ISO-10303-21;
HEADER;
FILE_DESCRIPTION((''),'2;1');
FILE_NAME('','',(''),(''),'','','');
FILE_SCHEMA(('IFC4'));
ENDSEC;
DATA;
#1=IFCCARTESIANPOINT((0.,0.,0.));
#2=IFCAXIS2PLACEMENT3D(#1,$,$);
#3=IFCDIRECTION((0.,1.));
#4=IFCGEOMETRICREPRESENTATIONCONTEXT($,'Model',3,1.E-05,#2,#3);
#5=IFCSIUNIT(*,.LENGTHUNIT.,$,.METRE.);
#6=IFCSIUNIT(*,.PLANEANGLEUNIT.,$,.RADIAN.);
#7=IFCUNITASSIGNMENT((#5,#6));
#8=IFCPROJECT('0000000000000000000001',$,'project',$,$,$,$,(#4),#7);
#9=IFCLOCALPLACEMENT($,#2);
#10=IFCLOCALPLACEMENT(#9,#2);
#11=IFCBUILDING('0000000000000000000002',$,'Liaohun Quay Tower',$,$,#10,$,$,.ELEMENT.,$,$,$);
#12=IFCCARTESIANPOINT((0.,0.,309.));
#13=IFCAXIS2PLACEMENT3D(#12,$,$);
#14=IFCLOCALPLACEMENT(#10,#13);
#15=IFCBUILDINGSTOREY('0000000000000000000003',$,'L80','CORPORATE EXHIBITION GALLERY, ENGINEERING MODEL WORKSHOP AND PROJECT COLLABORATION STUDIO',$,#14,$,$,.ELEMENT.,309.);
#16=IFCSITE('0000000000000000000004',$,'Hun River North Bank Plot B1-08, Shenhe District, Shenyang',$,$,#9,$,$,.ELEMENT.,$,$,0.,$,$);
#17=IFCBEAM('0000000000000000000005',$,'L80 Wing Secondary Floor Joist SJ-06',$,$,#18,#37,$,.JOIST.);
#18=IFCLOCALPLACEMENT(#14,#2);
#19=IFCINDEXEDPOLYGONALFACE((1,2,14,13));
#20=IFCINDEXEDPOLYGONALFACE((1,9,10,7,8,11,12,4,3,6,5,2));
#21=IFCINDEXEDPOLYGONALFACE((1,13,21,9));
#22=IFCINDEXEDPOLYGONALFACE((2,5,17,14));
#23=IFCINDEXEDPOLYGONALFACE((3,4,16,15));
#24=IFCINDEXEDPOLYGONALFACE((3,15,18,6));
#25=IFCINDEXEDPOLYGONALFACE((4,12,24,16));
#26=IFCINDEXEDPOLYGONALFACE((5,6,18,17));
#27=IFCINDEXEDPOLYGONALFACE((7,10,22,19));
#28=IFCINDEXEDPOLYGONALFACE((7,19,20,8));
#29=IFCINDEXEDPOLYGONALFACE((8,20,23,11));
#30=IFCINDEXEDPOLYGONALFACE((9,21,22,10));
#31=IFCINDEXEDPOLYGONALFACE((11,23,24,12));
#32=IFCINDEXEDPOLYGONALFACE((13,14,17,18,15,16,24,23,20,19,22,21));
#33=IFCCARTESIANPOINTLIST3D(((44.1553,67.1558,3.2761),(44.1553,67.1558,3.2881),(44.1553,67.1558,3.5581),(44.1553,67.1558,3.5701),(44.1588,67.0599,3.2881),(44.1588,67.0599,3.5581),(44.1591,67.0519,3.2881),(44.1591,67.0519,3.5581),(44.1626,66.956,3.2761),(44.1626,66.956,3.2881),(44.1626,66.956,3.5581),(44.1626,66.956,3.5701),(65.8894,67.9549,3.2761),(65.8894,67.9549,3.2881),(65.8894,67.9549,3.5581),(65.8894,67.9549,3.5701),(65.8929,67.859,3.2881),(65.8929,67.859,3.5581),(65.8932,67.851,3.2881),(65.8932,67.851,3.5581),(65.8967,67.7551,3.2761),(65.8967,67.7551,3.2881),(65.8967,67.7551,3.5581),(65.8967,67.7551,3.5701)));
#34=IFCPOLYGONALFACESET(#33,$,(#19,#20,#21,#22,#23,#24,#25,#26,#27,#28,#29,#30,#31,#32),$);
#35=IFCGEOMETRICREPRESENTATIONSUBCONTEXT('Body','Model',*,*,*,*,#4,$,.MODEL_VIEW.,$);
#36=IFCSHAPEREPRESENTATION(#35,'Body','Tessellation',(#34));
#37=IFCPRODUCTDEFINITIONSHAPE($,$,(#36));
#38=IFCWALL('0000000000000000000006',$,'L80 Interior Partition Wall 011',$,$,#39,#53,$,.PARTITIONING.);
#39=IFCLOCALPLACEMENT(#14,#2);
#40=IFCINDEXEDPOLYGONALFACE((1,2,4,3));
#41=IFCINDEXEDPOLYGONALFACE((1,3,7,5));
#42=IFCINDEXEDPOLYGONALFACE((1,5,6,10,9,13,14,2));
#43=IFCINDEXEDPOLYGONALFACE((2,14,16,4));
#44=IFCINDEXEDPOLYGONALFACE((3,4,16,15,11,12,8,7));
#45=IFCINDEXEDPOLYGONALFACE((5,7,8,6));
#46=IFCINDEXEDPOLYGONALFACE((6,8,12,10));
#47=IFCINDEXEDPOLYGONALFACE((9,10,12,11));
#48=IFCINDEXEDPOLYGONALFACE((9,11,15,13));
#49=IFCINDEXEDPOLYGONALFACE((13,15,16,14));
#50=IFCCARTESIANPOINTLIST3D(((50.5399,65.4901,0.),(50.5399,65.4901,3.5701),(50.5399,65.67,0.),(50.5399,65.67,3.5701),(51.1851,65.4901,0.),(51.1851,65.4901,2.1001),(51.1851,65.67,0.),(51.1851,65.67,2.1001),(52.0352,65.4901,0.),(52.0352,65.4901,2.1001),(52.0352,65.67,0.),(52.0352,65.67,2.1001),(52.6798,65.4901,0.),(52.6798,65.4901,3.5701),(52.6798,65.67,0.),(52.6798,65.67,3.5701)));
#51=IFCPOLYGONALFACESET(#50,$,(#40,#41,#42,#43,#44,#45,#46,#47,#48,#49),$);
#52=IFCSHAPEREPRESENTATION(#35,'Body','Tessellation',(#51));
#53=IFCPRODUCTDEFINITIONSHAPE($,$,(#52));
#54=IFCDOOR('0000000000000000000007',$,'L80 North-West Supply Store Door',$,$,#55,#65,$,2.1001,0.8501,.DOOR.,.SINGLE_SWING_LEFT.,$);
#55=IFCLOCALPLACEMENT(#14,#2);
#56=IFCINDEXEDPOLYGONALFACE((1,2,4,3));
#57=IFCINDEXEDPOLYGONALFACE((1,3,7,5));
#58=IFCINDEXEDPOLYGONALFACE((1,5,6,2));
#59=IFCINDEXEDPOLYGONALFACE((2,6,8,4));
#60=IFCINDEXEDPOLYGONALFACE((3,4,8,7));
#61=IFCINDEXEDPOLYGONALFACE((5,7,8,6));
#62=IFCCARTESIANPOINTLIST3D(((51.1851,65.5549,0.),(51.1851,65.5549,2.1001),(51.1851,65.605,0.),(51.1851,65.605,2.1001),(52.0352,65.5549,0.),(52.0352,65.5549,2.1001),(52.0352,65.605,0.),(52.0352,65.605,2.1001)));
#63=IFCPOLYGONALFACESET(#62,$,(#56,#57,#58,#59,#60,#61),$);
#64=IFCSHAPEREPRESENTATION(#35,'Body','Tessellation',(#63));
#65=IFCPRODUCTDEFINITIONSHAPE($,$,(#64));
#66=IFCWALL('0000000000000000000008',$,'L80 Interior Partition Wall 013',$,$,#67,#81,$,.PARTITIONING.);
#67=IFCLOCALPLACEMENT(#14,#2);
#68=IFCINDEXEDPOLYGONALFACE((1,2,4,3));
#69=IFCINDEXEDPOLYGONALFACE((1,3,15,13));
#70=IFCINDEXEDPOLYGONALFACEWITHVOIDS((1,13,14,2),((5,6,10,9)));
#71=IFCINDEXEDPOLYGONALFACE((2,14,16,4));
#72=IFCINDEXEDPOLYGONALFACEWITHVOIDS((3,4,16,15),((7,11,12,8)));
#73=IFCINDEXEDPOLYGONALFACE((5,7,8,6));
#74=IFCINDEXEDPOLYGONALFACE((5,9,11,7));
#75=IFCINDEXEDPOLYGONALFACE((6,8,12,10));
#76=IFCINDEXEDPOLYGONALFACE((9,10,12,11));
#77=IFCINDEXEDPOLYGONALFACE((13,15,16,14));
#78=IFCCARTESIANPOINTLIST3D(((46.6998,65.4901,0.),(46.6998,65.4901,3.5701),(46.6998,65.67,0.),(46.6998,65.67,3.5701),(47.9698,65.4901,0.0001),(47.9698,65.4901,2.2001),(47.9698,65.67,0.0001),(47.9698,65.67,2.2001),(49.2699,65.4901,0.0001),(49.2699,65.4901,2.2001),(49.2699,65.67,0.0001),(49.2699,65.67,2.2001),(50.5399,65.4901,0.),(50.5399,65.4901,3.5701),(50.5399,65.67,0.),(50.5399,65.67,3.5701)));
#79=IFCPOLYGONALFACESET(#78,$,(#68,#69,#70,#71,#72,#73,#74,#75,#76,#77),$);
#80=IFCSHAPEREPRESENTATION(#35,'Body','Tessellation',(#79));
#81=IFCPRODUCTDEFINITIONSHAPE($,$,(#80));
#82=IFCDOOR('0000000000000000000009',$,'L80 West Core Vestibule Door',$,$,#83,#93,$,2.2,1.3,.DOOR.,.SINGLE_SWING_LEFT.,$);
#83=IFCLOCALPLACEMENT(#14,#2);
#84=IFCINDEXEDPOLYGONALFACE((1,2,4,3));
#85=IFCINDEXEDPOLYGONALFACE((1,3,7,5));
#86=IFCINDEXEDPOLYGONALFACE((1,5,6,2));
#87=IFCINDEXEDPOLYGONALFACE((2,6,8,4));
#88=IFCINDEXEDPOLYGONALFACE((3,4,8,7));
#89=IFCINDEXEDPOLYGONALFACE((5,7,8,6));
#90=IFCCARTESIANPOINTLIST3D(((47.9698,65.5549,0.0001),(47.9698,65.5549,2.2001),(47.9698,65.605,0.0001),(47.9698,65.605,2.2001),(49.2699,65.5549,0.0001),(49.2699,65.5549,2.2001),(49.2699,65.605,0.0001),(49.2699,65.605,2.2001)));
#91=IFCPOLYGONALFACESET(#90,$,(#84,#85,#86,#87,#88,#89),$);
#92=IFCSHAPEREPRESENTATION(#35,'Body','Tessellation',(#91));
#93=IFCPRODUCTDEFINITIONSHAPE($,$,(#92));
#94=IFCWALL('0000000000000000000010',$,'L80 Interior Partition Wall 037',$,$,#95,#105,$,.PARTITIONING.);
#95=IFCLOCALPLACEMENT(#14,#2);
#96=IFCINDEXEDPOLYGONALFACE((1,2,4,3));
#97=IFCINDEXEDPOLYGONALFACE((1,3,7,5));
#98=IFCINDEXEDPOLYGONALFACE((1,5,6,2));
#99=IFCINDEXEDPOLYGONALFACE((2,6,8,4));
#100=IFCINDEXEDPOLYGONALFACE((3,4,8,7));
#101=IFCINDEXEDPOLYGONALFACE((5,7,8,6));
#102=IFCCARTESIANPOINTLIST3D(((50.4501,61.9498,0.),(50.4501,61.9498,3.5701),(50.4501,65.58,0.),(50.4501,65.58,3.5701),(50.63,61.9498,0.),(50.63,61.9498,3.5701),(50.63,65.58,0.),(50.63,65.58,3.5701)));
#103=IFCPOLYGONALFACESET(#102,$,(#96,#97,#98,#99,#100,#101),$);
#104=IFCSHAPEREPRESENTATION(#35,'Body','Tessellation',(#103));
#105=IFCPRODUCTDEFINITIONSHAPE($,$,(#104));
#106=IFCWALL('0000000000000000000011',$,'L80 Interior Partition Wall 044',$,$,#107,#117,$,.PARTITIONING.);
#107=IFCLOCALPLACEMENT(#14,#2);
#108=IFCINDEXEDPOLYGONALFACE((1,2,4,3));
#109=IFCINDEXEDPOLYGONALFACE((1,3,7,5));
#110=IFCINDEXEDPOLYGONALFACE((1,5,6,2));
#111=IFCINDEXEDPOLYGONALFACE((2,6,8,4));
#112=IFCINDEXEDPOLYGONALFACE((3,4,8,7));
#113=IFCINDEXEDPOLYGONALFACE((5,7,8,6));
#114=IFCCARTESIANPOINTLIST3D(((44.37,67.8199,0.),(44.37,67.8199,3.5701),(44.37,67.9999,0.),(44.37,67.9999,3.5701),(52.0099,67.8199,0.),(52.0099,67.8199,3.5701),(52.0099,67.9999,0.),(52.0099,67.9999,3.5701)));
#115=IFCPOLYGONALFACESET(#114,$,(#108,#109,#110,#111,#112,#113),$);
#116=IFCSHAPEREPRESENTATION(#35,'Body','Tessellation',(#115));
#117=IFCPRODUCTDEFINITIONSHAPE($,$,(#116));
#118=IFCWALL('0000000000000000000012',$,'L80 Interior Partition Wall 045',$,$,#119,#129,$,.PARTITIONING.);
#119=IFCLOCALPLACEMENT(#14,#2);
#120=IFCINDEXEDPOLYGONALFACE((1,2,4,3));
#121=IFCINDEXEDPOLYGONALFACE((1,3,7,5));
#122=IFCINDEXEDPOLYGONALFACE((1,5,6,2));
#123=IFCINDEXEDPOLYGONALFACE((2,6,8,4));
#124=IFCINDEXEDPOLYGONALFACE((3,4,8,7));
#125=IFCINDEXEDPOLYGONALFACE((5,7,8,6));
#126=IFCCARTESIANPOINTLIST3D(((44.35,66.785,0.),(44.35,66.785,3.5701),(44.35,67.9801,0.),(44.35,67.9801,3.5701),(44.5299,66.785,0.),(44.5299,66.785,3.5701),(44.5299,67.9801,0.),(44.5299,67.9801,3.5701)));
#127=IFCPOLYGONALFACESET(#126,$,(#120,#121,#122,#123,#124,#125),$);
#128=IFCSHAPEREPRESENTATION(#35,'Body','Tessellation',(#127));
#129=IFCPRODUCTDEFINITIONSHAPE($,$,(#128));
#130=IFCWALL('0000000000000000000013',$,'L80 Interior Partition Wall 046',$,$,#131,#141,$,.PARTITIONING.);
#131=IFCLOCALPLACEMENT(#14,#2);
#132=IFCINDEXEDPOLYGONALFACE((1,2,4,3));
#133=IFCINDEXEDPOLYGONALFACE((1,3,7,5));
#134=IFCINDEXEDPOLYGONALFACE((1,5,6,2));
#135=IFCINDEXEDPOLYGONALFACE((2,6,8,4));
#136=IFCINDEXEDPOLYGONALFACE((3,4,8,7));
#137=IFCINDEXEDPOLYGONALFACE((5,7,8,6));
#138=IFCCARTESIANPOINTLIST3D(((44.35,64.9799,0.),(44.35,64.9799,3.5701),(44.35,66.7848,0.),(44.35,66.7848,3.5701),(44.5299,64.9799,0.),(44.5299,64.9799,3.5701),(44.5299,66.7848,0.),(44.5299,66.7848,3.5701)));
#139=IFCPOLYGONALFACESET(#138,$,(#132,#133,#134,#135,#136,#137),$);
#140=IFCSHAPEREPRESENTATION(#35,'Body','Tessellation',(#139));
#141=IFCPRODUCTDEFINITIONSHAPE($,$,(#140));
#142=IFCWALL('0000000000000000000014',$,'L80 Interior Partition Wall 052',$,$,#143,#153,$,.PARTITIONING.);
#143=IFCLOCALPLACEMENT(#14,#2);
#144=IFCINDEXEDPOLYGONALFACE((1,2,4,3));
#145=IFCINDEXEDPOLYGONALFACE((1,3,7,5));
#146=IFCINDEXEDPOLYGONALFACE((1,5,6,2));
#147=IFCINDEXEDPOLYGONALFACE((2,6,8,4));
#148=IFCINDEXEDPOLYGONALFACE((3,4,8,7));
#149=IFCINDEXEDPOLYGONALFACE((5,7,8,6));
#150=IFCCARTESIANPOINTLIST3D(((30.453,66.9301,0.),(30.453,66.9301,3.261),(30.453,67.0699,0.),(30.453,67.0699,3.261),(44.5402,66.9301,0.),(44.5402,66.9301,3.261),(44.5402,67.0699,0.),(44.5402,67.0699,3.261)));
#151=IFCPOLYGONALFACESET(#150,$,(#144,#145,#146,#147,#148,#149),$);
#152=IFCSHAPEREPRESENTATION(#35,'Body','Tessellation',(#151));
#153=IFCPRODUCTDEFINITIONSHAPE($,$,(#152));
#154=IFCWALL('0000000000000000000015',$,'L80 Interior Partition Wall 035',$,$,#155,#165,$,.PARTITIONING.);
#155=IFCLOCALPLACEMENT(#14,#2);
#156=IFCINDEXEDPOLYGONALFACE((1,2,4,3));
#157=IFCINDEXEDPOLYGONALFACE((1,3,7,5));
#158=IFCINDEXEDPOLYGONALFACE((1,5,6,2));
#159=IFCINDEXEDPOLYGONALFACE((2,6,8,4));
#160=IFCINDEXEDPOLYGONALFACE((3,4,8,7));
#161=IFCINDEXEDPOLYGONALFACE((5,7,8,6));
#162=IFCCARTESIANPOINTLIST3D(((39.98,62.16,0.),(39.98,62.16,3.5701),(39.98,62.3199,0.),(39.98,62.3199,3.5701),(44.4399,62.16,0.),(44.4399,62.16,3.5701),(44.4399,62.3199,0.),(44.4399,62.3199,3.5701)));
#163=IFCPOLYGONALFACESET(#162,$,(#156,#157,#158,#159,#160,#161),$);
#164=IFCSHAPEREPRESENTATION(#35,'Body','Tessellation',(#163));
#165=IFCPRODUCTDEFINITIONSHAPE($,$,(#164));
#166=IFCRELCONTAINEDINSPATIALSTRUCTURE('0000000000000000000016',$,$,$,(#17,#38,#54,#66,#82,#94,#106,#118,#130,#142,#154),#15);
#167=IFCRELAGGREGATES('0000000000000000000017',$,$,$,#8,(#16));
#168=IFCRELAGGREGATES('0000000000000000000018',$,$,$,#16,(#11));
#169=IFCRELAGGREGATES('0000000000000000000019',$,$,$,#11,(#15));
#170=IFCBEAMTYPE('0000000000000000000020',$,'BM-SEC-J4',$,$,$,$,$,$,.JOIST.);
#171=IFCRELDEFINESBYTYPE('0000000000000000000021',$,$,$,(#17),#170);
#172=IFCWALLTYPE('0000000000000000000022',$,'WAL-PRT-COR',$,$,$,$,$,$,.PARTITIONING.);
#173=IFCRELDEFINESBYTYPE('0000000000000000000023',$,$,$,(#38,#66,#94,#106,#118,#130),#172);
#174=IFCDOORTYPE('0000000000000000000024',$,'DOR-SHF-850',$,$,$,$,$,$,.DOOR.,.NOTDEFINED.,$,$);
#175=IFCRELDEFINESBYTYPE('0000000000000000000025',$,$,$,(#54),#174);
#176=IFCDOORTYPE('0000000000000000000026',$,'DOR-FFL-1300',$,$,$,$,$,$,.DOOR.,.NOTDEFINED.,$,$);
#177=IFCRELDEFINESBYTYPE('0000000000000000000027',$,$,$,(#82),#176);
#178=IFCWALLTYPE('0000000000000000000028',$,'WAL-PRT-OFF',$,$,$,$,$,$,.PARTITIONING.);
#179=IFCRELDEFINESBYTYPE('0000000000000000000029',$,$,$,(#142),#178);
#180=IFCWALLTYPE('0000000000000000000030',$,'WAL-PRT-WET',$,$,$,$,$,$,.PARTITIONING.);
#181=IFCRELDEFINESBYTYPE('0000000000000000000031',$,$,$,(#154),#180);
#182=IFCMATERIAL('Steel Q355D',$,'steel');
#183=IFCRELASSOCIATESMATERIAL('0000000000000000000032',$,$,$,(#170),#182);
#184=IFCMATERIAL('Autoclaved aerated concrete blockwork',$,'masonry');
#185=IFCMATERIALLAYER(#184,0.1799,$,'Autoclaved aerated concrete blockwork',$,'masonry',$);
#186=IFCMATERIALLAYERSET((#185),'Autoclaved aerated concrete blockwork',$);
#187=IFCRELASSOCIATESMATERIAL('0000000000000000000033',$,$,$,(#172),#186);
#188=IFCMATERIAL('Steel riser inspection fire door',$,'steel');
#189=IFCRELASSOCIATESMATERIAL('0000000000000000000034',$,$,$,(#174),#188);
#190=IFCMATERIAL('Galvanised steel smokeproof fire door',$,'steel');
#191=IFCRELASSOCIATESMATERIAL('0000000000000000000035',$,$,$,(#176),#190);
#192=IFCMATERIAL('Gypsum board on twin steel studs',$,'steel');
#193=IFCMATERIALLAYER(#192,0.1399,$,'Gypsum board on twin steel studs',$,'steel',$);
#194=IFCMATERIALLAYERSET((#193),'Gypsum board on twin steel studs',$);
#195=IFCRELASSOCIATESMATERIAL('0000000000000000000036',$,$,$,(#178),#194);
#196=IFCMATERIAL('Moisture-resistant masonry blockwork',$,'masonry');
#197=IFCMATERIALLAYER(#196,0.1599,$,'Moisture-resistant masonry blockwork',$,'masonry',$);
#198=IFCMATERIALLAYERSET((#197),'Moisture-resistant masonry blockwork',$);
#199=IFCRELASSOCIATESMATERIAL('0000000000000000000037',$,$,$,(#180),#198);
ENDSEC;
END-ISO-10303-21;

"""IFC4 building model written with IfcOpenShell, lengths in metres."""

from ifc_helpers import new_model, si_unit, direction, frame, frame_2d, origin, origin_2d, place, context, subcontext, project, spatial, rectangle, i_section, extrude, source, transform, mapped, material, layer, layer_set, material_profile, profile_set, type_object, element, fill, save


model = new_model("IFC4")

# Units and contexts
model_context = context("Model", 3, precision=1e-05, world=origin(), true_north=direction((0.0, 1.0)))
body_context = subcontext(model_context, "Body", "Model", "MODEL_VIEW")
ifc_project = project(units=[si_unit("LENGTHUNIT", "METRE"), si_unit("PLANEANGLEUNIT", "RADIAN")], contexts=[model_context])

# Site, building, storey
site_placement = place(None, origin())
site = spatial("IfcSite", under=ifc_project, at=site_placement, Name="Hun River North Bank Plot B1-08, Shenhe District, Shenyang", CompositionType="ELEMENT", RefElevation=0.0)
building_placement = place(site_placement, origin())
building = spatial("IfcBuilding", under=site, at=building_placement, Name="Liaohun Quay Tower", CompositionType="ELEMENT")
storey_placement = place(building_placement, frame((0.0, 0.0, 309.0)))
storey = spatial("IfcBuildingStorey", under=building, at=storey_placement, Name="L80", Description="CORPORATE EXHIBITION GALLERY, ENGINEERING MODEL WORKSHOP AND PROJECT COLLABORATION STUDIO", CompositionType="ELEMENT", Elevation=309.0)

# Beam
ifc_material_1 = material(Name="Steel Q355D", Category="steel")
ifc_material_profile = material_profile(ifc_material_1, i_section(OverallWidth=0.2, OverallDepth=0.2939, WebThickness=0.0081, FlangeThickness=0.012, at=origin_2d()), Name="HM294x200x8x12")
ifc_profile_set = profile_set([ifc_material_profile], Name="Steel Q355D")
beam_type = type_object("IfcBeamType", Name="BM-SEC-J4", PredefinedType="JOIST", material=ifc_profile_set)
shared_shape_1 = source(origin(), body_context, "Body", "SweptSolid", [
    extrude(i_section(OverallWidth=0.2, OverallDepth=0.2939, WebThickness=0.0081, FlangeThickness=0.012, at=origin_2d()), origin(), (0.0, 0.0, 1.0), 21.7488),
])
beam_placement = place(storey_placement, frame((44.1589, 67.0559, 3.4231), z_axis=(0.999325, 0.036741, 0.0), x_axis=(-0.036741, 0.999325, 0.0)))
element("IfcBeam", 1, at=beam_placement, inside=storey, type_object=beam_type, Name="L80 Wing Secondary Floor Joist SJ-06", PredefinedType="JOIST", context=body_context, shape_type="MappedRepresentation", body=[
    mapped(shared_shape_1, transform((0.0, 0.0, 0.0), x_axis=(1.0, 0.0, 0.0), y_axis=(0.0, 1.0, 0.0), z_axis=(0.0, 0.0, 1.0), scale=1.0)),
])

# Walls, openings, doors
ifc_material_2 = material(Name="Autoclaved aerated concrete blockwork", Category="masonry")
ifc_layer_1 = layer(ifc_material_2, 0.1799, Name="Autoclaved aerated concrete blockwork", Category="masonry")
ifc_layer_set_1 = layer_set([ifc_layer_1], Name="Autoclaved aerated concrete blockwork")
wall_type_1 = type_object("IfcWallType", Name="WAL-PRT-COR", PredefinedType="PARTITIONING", material=ifc_layer_set_1)
wall_1_placement = place(storey_placement, frame((50.54, 65.5801, 0.0), z_axis=(0.0, 0.0, 1.0), x_axis=(1.0, 0.0, 0.0)))
wall_1 = element("IfcWall", 2, at=wall_1_placement, inside=storey, type_object=wall_type_1, Name="L80 Interior Partition Wall 011", PredefinedType="PARTITIONING", context=body_context, shape_type="SweptSolid", body=[
    extrude(rectangle(XDim=2.1399, YDim=0.1799, at=frame_2d((1.0698, 0.0))), origin(), (0.0, 0.0, 1.0), 3.5701),
])
shared_shape_2 = source(origin(), body_context, "Body", "SweptSolid", [
    extrude(rectangle(XDim=0.8501, YDim=2.1001, at=frame_2d((0.425, 1.05))), frame((0.0, 0.0999, 0.0), z_axis=(0.0, -1.0, 0.0), x_axis=(1.0, 0.0, 0.0)), (0.0, 0.0, 1.0), 0.2),
])
opening_1_placement = place(wall_1_placement, frame((0.645, 0.0, 0.0)))
opening_1 = element("IfcOpeningElement", 3, at=opening_1_placement, cuts=wall_1, PredefinedType="OPENING", context=body_context, shape_type="MappedRepresentation", body=[
    mapped(shared_shape_2, transform((0.0, 0.0, 0.0), x_axis=(1.0, 0.0, 0.0), y_axis=(0.0, 1.0, 0.0), z_axis=(0.0, 0.0, 1.0), scale=1.0)),
])
ifc_material_3 = material(Name="Steel riser inspection fire door", Category="steel")
door_type_1 = type_object("IfcDoorType", Name="DOR-SHF-850", OperationType="NOTDEFINED", PredefinedType="DOOR", material=ifc_material_3)
shared_shape_3 = source(origin(), body_context, "Body", "SweptSolid", [
    extrude(rectangle(XDim=0.8501, YDim=2.1001, at=frame_2d((0.425, 1.05))), frame((0.0, 0.0249, 0.0), z_axis=(0.0, -1.0, 0.0), x_axis=(1.0, 0.0, 0.0)), (0.0, 0.0, 1.0), 0.05),
])
door_1_placement = place(opening_1_placement, origin())
door_1 = element("IfcDoor", 4, at=door_1_placement, inside=storey, type_object=door_type_1, Name="L80 North-West Supply Store Door", OperationType="SINGLE_SWING_LEFT", OverallHeight=2.1001, OverallWidth=0.8501, PredefinedType="DOOR", context=body_context, shape_type="MappedRepresentation", body=[
    mapped(shared_shape_3, transform((0.0, 0.0, 0.0), x_axis=(1.0, 0.0, 0.0), y_axis=(0.0, 1.0, 0.0), z_axis=(0.0, 0.0, 1.0), scale=1.0)),
])
fill(opening_1, door_1)
wall_2_placement = place(storey_placement, frame((46.7, 65.5801, 0.0), z_axis=(0.0, 0.0, 1.0), x_axis=(1.0, 0.0, 0.0)))
wall_2 = element("IfcWall", 5, at=wall_2_placement, inside=storey, type_object=wall_type_1, Name="L80 Interior Partition Wall 013", PredefinedType="PARTITIONING", context=body_context, shape_type="SweptSolid", body=[
    extrude(rectangle(XDim=3.8401, YDim=0.1799, at=frame_2d((1.9199, 0.0))), origin(), (0.0, 0.0, 1.0), 3.5701),
])
shared_shape_4 = source(origin(), body_context, "Body", "SweptSolid", [
    extrude(rectangle(XDim=1.3, YDim=2.2, at=frame_2d((0.6499, 1.1001))), frame((0.0, 0.0999, 0.0), z_axis=(0.0, -1.0, 0.0), x_axis=(1.0, 0.0, 0.0)), (0.0, 0.0, 1.0), 0.2),
])
opening_2_placement = place(wall_2_placement, frame((1.27, 0.0, 0.0)))
opening_2 = element("IfcOpeningElement", 6, at=opening_2_placement, cuts=wall_2, PredefinedType="OPENING", context=body_context, shape_type="MappedRepresentation", body=[
    mapped(shared_shape_4, transform((0.0, 0.0, 0.0), x_axis=(1.0, 0.0, 0.0), y_axis=(0.0, 1.0, 0.0), z_axis=(0.0, 0.0, 1.0), scale=1.0)),
])
ifc_material_4 = material(Name="Galvanised steel smokeproof fire door", Category="steel")
door_type_2 = type_object("IfcDoorType", Name="DOR-FFL-1300", OperationType="NOTDEFINED", PredefinedType="DOOR", material=ifc_material_4)
shared_shape_5 = source(origin(), body_context, "Body", "SweptSolid", [
    extrude(rectangle(XDim=1.3, YDim=2.2, at=frame_2d((0.6499, 1.1001))), frame((0.0, 0.0249, 0.0), z_axis=(0.0, -1.0, 0.0), x_axis=(1.0, 0.0, 0.0)), (0.0, 0.0, 1.0), 0.05),
])
door_2_placement = place(opening_2_placement, origin())
door_2 = element("IfcDoor", 7, at=door_2_placement, inside=storey, type_object=door_type_2, Name="L80 West Core Vestibule Door", OperationType="SINGLE_SWING_LEFT", OverallHeight=2.2, OverallWidth=1.3, PredefinedType="DOOR", context=body_context, shape_type="MappedRepresentation", body=[
    mapped(shared_shape_5, transform((0.0, 0.0, 0.0), x_axis=(1.0, 0.0, 0.0), y_axis=(0.0, 1.0, 0.0), z_axis=(0.0, 0.0, 1.0), scale=1.0)),
])
fill(opening_2, door_2)

# Walls
wall_3_placement = place(storey_placement, frame((50.54, 61.95, 0.0), z_axis=(0.0, 0.0, 1.0), x_axis=(0.0, 1.0, 0.0)))
element("IfcWall", 8, at=wall_3_placement, inside=storey, type_object=wall_type_1, Name="L80 Interior Partition Wall 037", PredefinedType="PARTITIONING", context=body_context, shape_type="SweptSolid", body=[
    extrude(rectangle(XDim=3.6301, YDim=0.1799, at=frame_2d((1.8149, 0.0))), origin(), (0.0, 0.0, 1.0), 3.5701),
])
wall_4_placement = place(storey_placement, frame((44.3701, 67.9099, 0.0), z_axis=(0.0, 0.0, 1.0), x_axis=(1.0, 0.0, 0.0)))
element("IfcWall", 9, at=wall_4_placement, inside=storey, type_object=wall_type_1, Name="L80 Interior Partition Wall 044", PredefinedType="PARTITIONING", context=body_context, shape_type="SweptSolid", body=[
    extrude(rectangle(XDim=7.6399, YDim=0.1799, at=frame_2d((3.8198, 0.0))), origin(), (0.0, 0.0, 1.0), 3.5701),
])
wall_5_placement = place(storey_placement, frame((44.4399, 66.7849, 0.0), z_axis=(0.0, 0.0, 1.0), x_axis=(0.0, 1.0, 0.0)))
element("IfcWall", 10, at=wall_5_placement, inside=storey, type_object=wall_type_1, Name="L80 Interior Partition Wall 045", PredefinedType="PARTITIONING", context=body_context, shape_type="SweptSolid", body=[
    extrude(rectangle(XDim=1.1951, YDim=0.1799, at=frame_2d((0.5977, 0.0))), origin(), (0.0, 0.0, 1.0), 3.5701),
])
wall_6_placement = place(storey_placement, frame((44.4399, 64.98, 0.0), z_axis=(0.0, 0.0, 1.0), x_axis=(0.0, 1.0, 0.0)))
element("IfcWall", 11, at=wall_6_placement, inside=storey, type_object=wall_type_1, Name="L80 Interior Partition Wall 046", PredefinedType="PARTITIONING", context=body_context, shape_type="SweptSolid", body=[
    extrude(rectangle(XDim=1.8049, YDim=0.1799, at=frame_2d((0.9023, 0.0))), origin(), (0.0, 0.0, 1.0), 3.5701),
])
ifc_material_5 = material(Name="Gypsum board on twin steel studs", Category="steel")
ifc_layer_2 = layer(ifc_material_5, 0.1399, Name="Gypsum board on twin steel studs", Category="steel")
ifc_layer_set_2 = layer_set([ifc_layer_2], Name="Gypsum board on twin steel studs")
wall_type_2 = type_object("IfcWallType", Name="WAL-PRT-OFF", PredefinedType="PARTITIONING", material=ifc_layer_set_2)
wall_7_placement = place(storey_placement, frame((44.54, 67.0, 0.0), z_axis=(0.0, 0.0, 1.0), x_axis=(-1.0, 0.0, 0.0)))
element("IfcWall", 12, at=wall_7_placement, inside=storey, type_object=wall_type_2, Name="L80 Interior Partition Wall 052", PredefinedType="PARTITIONING", context=body_context, shape_type="SweptSolid", body=[
    extrude(rectangle(XDim=14.0872, YDim=0.1399, at=frame_2d((7.0435, 0.0))), origin(), (0.0, 0.0, 1.0), 3.261),
])

# Shared definitions
ifc_material_6 = material(Name="Moisture-resistant masonry blockwork", Category="masonry")
ifc_layer_3 = layer(ifc_material_6, 0.1599, Name="Moisture-resistant masonry blockwork", Category="masonry")
ifc_layer_set_3 = layer_set([ifc_layer_3], Name="Moisture-resistant masonry blockwork")
wall_type_3 = type_object("IfcWallType", Name="WAL-PRT-WET", PredefinedType="PARTITIONING", material=ifc_layer_set_3)

# Wall
for number, where, z_axis, x_axis, name in (
    (13, (39.98, 62.24, 0.0), (0.0, 0.0, 1.0), (1.0, 0.0, 0.0), "L80 Interior Partition Wall 035"),
):
    element("IfcWall", number, at=place(storey_placement, frame(where, z_axis=z_axis, x_axis=x_axis)), inside=storey, type_object=wall_type_3, Name=name, PredefinedType="PARTITIONING", context=body_context, shape_type="SweptSolid", body=[
        extrude(rectangle(XDim=4.46, YDim=0.1599, at=frame_2d((2.23, 0.0))), origin(), (0.0, 0.0, 1.0), 3.5701),
    ])

save(model, "model.ifc")
